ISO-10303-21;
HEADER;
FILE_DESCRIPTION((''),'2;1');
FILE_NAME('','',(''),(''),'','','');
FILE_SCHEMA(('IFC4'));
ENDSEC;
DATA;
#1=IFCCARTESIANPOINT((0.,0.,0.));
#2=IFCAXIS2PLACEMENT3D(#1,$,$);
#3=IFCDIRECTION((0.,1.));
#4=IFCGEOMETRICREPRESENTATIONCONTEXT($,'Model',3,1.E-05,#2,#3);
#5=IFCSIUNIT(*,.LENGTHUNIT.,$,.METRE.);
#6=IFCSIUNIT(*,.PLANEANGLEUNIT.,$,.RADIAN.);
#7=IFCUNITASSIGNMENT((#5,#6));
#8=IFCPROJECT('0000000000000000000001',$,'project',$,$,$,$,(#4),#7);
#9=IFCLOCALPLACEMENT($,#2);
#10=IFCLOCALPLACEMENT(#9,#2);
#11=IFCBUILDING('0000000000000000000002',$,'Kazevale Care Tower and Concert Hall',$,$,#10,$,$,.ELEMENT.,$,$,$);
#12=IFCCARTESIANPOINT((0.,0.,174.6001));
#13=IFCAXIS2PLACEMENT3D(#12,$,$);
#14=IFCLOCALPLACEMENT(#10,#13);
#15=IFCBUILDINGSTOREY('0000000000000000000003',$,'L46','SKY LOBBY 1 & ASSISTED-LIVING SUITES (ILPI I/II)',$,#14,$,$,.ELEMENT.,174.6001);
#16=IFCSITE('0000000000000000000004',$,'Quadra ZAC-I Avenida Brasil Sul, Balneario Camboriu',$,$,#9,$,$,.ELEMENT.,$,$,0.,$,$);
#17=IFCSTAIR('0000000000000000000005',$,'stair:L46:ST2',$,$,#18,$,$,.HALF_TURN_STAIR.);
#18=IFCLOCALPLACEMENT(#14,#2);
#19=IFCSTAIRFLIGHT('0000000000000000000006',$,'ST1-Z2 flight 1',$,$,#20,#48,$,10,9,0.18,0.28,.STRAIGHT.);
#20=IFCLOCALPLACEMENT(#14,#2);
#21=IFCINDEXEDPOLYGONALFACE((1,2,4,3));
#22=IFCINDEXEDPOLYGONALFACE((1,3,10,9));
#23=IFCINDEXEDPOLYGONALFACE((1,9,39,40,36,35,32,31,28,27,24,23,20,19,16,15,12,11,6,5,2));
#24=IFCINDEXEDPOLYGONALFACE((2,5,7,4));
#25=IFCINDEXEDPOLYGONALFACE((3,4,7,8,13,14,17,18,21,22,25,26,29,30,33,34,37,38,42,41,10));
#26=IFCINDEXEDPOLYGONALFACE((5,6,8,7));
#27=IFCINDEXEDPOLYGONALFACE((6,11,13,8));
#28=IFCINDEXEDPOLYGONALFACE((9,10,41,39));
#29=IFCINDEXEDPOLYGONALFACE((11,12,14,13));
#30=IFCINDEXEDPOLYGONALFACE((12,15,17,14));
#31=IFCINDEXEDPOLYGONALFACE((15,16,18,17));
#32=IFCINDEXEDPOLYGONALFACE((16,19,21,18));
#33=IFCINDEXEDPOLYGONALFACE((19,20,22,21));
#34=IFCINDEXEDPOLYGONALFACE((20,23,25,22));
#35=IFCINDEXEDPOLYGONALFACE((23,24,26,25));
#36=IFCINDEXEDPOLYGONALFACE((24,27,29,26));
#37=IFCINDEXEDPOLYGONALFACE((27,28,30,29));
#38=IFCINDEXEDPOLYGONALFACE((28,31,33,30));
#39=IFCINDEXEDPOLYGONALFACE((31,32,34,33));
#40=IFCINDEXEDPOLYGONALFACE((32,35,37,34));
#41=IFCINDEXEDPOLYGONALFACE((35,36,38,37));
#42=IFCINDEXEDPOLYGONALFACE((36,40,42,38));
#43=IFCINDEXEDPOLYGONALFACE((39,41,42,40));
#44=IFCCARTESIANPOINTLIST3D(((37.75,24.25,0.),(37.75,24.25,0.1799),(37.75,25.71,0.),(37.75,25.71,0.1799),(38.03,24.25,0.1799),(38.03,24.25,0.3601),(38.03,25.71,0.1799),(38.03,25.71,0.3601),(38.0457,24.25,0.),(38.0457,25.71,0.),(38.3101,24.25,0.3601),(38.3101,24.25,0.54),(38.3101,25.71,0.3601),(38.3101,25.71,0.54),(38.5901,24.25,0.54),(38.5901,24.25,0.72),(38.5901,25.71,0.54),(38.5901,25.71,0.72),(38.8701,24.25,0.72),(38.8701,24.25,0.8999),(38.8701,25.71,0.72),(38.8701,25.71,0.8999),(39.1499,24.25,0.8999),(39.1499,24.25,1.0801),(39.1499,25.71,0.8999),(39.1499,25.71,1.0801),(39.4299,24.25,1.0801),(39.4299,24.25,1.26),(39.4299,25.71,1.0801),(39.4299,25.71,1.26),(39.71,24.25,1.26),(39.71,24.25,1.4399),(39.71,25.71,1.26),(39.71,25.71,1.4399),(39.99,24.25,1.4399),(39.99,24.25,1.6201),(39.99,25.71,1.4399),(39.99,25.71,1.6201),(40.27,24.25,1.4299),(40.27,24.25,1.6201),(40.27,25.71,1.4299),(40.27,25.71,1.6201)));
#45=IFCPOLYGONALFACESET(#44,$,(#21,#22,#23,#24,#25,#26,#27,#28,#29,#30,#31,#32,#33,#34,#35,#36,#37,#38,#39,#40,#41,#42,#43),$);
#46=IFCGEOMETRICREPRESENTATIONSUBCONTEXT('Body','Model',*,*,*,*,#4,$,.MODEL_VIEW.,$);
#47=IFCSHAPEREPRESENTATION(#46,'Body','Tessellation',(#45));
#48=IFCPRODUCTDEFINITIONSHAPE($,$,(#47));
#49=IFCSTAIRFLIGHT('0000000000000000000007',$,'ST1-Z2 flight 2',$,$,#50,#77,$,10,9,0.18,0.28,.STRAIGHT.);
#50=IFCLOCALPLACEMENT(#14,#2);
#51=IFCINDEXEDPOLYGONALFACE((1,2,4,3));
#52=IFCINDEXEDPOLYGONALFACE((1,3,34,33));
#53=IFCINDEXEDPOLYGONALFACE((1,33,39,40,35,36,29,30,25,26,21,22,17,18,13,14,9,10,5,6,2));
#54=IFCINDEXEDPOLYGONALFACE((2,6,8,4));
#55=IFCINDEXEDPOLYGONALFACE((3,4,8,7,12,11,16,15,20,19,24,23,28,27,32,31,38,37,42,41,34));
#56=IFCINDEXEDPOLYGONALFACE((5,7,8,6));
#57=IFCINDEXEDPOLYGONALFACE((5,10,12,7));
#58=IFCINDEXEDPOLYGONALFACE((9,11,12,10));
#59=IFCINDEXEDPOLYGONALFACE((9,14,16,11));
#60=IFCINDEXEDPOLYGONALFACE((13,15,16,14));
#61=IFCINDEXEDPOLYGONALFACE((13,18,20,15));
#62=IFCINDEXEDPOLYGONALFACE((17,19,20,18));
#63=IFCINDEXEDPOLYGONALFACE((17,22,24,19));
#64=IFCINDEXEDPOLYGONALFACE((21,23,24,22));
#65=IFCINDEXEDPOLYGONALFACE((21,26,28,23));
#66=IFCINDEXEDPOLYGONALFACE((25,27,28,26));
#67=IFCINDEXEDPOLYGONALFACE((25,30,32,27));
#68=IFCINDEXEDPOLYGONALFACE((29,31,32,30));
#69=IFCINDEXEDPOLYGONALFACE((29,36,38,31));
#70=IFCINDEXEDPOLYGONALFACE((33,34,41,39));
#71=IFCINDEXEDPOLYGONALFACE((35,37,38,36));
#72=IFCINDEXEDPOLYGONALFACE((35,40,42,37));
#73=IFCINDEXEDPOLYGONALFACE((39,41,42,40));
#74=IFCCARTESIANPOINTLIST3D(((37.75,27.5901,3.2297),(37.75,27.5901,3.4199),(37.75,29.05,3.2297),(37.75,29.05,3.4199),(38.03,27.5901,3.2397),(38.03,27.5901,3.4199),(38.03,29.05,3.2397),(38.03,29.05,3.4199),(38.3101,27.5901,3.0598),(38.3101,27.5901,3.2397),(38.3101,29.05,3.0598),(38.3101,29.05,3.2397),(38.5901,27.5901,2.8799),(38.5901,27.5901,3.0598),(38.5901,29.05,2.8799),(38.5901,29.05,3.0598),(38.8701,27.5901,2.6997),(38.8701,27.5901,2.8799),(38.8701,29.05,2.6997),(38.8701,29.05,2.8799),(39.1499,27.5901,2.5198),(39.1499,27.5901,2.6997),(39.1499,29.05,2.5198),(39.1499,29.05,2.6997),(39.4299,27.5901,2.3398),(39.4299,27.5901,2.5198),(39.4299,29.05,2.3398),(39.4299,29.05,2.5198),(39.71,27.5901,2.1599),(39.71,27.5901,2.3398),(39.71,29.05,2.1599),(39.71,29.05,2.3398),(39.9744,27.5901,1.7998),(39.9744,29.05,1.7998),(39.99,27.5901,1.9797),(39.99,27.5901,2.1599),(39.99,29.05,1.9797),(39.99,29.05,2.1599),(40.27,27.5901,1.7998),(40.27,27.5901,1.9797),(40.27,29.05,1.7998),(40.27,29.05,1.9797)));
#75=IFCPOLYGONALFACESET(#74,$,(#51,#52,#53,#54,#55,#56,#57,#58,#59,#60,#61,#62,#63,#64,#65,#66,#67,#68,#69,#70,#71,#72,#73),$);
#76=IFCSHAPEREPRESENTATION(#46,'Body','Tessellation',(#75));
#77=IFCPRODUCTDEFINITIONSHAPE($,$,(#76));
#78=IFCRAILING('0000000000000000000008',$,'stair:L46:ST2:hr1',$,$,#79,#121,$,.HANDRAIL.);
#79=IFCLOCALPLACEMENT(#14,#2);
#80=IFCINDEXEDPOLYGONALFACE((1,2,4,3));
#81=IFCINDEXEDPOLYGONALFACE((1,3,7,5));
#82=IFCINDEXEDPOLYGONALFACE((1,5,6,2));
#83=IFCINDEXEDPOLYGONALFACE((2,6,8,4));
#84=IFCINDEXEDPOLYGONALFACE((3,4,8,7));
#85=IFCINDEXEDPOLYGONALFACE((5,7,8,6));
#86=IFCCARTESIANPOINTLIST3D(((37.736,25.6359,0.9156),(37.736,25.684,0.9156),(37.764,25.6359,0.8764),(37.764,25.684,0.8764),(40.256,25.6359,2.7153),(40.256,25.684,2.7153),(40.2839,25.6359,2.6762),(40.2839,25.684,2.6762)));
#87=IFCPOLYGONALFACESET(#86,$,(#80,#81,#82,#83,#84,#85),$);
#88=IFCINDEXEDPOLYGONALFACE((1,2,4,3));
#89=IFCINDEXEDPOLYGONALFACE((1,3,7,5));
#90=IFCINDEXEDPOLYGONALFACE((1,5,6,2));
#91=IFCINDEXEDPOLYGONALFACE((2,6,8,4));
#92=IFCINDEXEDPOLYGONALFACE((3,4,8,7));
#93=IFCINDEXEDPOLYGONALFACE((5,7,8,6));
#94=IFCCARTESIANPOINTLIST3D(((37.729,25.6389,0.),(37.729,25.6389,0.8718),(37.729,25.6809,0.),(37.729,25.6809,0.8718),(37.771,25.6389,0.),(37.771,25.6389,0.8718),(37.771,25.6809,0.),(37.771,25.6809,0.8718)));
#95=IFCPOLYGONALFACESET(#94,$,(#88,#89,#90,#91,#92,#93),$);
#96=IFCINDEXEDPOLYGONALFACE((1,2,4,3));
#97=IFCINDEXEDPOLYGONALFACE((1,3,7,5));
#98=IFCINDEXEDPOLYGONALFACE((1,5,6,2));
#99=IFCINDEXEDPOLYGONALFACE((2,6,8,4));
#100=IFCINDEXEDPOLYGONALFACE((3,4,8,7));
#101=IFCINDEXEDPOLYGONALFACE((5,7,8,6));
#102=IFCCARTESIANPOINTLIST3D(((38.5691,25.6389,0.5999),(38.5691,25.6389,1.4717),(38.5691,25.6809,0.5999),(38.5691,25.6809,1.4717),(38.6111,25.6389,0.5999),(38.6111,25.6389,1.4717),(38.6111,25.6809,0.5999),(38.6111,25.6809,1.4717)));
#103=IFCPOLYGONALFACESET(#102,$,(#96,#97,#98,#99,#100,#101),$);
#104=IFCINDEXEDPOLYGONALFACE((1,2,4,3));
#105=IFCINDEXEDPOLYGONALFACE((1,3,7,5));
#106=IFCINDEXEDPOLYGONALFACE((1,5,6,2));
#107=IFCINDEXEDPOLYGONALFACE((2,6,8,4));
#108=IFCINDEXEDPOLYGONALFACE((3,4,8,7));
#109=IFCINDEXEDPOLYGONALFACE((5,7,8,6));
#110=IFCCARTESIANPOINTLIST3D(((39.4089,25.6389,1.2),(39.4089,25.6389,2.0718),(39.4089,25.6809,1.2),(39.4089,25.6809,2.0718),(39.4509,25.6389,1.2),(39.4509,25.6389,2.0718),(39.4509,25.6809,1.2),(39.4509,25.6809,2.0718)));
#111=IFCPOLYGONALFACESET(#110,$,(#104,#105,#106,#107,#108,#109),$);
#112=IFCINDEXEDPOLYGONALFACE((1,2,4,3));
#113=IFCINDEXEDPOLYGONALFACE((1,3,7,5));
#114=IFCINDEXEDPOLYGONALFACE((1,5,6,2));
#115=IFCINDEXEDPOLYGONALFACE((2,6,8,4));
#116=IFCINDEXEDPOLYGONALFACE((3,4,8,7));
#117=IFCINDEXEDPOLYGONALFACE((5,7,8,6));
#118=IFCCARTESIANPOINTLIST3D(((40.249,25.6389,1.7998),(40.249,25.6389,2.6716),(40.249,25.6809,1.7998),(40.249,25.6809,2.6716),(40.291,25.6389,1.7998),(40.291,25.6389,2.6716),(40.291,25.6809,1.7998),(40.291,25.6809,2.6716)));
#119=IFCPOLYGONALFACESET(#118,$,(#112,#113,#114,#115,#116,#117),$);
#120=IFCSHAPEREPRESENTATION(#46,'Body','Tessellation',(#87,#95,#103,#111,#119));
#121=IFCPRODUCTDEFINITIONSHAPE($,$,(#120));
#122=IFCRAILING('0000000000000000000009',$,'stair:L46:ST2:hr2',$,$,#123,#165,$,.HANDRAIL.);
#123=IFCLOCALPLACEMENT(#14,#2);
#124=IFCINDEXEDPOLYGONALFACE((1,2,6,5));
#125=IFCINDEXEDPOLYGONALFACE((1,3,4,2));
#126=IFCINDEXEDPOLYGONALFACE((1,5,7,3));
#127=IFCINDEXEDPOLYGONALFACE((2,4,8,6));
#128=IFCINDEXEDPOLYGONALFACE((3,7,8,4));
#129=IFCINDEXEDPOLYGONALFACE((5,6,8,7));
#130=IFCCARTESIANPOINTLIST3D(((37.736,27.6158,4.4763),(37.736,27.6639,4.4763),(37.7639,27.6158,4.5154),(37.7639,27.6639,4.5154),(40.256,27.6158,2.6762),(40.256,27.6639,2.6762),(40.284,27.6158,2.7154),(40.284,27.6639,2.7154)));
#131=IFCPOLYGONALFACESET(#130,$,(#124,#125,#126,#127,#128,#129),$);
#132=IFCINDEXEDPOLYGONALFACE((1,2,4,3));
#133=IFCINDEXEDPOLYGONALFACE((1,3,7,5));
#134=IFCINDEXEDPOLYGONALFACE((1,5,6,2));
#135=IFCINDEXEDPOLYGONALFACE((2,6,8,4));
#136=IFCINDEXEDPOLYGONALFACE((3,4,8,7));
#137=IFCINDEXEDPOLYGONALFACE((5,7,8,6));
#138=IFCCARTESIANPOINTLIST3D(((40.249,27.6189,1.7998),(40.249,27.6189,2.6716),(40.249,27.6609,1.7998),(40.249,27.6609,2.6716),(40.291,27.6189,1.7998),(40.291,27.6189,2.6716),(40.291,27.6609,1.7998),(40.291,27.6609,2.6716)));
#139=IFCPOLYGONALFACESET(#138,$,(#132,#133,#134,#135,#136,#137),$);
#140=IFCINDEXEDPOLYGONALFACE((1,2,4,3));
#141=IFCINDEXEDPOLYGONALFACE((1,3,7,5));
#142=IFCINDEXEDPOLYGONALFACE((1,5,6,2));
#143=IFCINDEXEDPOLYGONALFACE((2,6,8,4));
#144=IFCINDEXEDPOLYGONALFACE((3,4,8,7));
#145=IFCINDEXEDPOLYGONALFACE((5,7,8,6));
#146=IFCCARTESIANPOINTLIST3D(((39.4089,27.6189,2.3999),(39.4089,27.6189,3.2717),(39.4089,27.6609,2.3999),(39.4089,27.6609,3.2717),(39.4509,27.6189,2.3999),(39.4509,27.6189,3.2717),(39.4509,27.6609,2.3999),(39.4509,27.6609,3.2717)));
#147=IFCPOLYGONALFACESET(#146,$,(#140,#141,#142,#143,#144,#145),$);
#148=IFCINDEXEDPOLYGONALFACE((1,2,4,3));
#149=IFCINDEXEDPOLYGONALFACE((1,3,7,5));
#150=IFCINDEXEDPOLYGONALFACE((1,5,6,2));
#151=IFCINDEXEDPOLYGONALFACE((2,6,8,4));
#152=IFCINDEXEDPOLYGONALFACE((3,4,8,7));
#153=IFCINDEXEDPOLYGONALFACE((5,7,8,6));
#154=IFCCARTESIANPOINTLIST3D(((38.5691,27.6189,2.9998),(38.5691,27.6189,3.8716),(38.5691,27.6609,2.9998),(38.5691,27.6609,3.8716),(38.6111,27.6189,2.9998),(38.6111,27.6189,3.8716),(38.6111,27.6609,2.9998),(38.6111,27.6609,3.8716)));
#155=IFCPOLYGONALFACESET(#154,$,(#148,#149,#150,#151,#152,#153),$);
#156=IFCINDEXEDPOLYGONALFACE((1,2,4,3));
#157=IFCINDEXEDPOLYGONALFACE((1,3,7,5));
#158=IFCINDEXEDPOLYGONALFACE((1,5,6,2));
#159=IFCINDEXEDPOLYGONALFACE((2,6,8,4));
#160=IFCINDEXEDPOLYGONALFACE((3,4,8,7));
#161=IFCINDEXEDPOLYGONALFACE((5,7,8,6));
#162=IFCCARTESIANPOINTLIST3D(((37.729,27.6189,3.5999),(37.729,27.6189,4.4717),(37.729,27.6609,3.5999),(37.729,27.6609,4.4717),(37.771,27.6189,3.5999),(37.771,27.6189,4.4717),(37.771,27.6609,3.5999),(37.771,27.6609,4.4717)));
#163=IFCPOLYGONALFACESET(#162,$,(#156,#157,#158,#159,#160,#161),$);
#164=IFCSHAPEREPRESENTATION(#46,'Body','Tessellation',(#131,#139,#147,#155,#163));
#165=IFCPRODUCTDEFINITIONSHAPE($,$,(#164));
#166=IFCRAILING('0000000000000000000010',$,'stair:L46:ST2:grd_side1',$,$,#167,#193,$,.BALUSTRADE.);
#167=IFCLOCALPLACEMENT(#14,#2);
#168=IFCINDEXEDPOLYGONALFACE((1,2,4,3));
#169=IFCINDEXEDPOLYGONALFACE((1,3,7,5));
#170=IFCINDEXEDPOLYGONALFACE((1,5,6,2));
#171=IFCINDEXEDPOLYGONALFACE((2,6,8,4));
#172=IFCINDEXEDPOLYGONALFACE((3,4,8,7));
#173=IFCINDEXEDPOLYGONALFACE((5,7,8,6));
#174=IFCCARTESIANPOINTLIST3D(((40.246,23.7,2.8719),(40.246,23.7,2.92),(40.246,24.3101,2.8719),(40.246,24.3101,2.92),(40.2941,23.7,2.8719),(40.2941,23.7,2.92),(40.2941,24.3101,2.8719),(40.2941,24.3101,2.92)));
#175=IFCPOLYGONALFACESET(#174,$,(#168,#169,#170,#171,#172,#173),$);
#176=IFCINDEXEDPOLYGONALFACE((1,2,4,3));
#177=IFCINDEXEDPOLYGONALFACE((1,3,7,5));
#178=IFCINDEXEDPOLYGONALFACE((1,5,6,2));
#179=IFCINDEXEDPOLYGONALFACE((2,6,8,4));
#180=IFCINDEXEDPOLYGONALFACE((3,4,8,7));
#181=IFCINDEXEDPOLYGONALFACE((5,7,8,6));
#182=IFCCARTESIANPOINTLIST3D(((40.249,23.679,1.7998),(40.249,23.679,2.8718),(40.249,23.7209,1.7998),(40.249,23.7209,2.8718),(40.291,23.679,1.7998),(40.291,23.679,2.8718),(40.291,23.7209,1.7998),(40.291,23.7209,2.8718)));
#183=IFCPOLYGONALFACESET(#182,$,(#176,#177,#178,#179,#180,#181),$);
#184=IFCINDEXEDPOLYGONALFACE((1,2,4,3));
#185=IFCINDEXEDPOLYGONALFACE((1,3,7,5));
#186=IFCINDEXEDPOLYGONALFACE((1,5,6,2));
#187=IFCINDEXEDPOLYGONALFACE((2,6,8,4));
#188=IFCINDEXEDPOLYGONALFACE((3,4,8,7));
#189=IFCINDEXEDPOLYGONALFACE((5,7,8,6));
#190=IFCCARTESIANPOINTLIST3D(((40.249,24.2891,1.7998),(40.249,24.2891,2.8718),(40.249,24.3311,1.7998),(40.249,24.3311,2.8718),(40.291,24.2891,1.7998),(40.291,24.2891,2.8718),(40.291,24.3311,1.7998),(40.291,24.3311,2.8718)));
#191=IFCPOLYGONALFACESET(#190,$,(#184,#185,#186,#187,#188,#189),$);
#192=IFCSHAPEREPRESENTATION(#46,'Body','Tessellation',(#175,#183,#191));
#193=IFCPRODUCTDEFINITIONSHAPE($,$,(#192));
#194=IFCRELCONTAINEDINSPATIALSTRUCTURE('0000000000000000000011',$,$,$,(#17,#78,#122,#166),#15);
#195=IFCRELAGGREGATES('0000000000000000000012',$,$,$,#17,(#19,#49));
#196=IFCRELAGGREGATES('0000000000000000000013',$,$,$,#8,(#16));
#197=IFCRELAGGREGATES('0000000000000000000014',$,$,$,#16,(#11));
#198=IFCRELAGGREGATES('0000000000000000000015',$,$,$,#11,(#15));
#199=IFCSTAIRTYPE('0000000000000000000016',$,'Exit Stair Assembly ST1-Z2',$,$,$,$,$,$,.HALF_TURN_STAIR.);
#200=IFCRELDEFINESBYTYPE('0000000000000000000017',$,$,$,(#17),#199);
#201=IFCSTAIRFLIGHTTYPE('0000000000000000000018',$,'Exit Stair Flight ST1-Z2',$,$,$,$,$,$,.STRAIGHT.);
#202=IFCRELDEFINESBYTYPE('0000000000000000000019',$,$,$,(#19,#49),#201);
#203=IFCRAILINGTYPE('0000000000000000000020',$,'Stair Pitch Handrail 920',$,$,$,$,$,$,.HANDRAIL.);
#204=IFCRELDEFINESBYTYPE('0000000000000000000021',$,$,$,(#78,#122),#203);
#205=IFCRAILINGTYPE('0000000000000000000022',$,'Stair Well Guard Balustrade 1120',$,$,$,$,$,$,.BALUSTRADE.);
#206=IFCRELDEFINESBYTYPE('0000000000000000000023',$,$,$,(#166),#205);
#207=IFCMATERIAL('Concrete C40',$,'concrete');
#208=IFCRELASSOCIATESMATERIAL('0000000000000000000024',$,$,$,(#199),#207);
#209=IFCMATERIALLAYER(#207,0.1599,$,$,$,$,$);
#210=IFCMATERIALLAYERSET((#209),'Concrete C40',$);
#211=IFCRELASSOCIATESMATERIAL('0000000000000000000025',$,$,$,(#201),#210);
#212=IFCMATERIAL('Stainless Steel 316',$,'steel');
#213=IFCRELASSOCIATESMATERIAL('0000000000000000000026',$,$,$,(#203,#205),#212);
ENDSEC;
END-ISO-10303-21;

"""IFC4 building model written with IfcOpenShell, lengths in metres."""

from ifc_helpers import new_model, si_unit, direction, frame, origin, origin_2d, place, context, subcontext, project, spatial, polyline, rectangle, outline, extrude, material, layer, layer_set, type_object, element, aggregate, save


model = new_model("IFC4")

# Units and contexts
model_context = context("Model", 3, precision=1e-05, world=origin(), true_north=direction((0.0, 1.0)))
body_context = subcontext(model_context, "Body", "Model", "MODEL_VIEW")
ifc_project = project(units=[si_unit("LENGTHUNIT", "METRE"), si_unit("PLANEANGLEUNIT", "RADIAN")], contexts=[model_context])

# Site, building, storey
site_placement = place(None, origin())
site = spatial("IfcSite", under=ifc_project, at=site_placement, Name="Quadra ZAC-I Avenida Brasil Sul, Balneario Camboriu", CompositionType="ELEMENT", RefElevation=0.0)
building_placement = place(site_placement, origin())
building = spatial("IfcBuilding", under=site, at=building_placement, Name="Kazevale Care Tower and Concert Hall", CompositionType="ELEMENT")
storey_placement = place(building_placement, frame((0.0, 0.0, 174.6001)))
storey = spatial("IfcBuildingStorey", under=building, at=storey_placement, Name="L46", Description="SKY LOBBY 1 & ASSISTED-LIVING SUITES (ILPI I/II)", CompositionType="ELEMENT", Elevation=174.6001)

# Shared definitions
ifc_material_1 = material(Name="Concrete C40", Category="concrete")

# Stair, stair flights
stair_type = type_object("IfcStairType", Name="Exit Stair Assembly ST1-Z2", PredefinedType="HALF_TURN_STAIR", material=ifc_material_1)
stair_placement = place(storey_placement, origin())
stair = element("IfcStair", 1, at=stair_placement, inside=storey, type_object=stair_type, Name="stair:L46:ST2", PredefinedType="HALF_TURN_STAIR")
ifc_layer_1 = layer(ifc_material_1, 0.1599)
ifc_layer_set_1 = layer_set([ifc_layer_1], Name="Concrete C40")
stair_flight_type = type_object("IfcStairFlightType", Name="Exit Stair Flight ST1-Z2", PredefinedType="STRAIGHT", material=ifc_layer_set_1)
stair_flight_1_placement = place(storey_placement, frame((37.75, 24.98, 0.0), z_axis=(0.0, 0.0, 1.0), x_axis=(1.0, 0.0, 0.0)))
stair_flight_1 = element("IfcStairFlight", 2, at=stair_flight_1_placement, type_object=stair_flight_type, Name="ST1-Z2 flight 1", NumberOfRisers=10, NumberOfTreads=9, PredefinedType="STRAIGHT", RiserHeight=0.18, TreadLength=0.28, context=body_context, shape_type="SweptSolid", body=[
    extrude(outline(polyline([(0.0, 0.0), (0.0, 0.1799), (0.28, 0.1799), (0.28, 0.3601), (0.5601, 0.3601), (0.5601, 0.54), (0.8401, 0.54), (0.8401, 0.72), (1.1201, 0.72), (1.1201, 0.8999), (1.3999, 0.8999), (1.3999, 1.0801), (1.6799, 1.0801), (1.6799, 1.26), (1.96, 1.26), (1.96, 1.4399), (2.24, 1.4399), (2.24, 1.6201), (2.52, 1.6201), (2.52, 1.8), (2.52, 1.4299), (0.2957, 0.0), (0.0, 0.0)])), frame((0.0, 0.73, 0.0), z_axis=(0.0, -1.0, 0.0), x_axis=(1.0, 0.0, 0.0)), (0.0, 0.0, 1.0), 1.46),
])
stair_flight_2_placement = place(storey_placement, frame((40.27, 28.3201, 1.7998), z_axis=(0.0, 0.0, 1.0), x_axis=(-1.0, 0.0, 0.0)))
stair_flight_2 = element("IfcStairFlight", 3, at=stair_flight_2_placement, type_object=stair_flight_type, Name="ST1-Z2 flight 2", NumberOfRisers=10, NumberOfTreads=9, PredefinedType="STRAIGHT", RiserHeight=0.18, TreadLength=0.28, context=body_context, shape_type="SweptSolid", body=[
    extrude(outline(polyline([(0.0, 0.0), (0.0, 0.1799), (0.28, 0.1799), (0.28, 0.3601), (0.5601, 0.3601), (0.5601, 0.54), (0.8401, 0.54), (0.8401, 0.72), (1.1201, 0.72), (1.1201, 0.8999), (1.3999, 0.8999), (1.3999, 1.0801), (1.6799, 1.0801), (1.6799, 1.26), (1.96, 1.26), (1.96, 1.4399), (2.24, 1.4399), (2.24, 1.6201), (2.52, 1.6201), (2.52, 1.8), (2.52, 1.4299), (0.2957, 0.0), (0.0, 0.0)])), frame((0.0, 0.73, 0.0), z_axis=(0.0, -1.0, 0.0), x_axis=(1.0, 0.0, 0.0)), (0.0, 0.0, 1.0), 1.46),
])
aggregate(stair, [stair_flight_1, stair_flight_2])

# Railings
ifc_material_2 = material(Name="Stainless Steel 316", Category="steel")
railing_type_1 = type_object("IfcRailingType", Name="Stair Pitch Handrail 920", PredefinedType="HANDRAIL", material=ifc_material_2)
railing_1_placement = place(storey_placement, frame((37.75, 25.6599, 0.0)))
element("IfcRailing", 4, at=railing_1_placement, inside=storey, type_object=railing_type_1, Name="stair:L46:ST2:hr1", PredefinedType="HANDRAIL", context=body_context, shape_type="SweptSolid", body=[
    extrude(rectangle(XDim=0.0481, YDim=0.0481, at=origin_2d()), frame((0.0, 0.0, 0.896), z_axis=(0.813765, 0.0, 0.581193), x_axis=(0.0, 1.0, 0.0)), (0.0, 0.0, 1.0), 3.0967),
    extrude(rectangle(XDim=0.042, YDim=0.042, at=origin_2d()), origin(), (0.0, 0.0, 1.0), 0.8718),
    extrude(rectangle(XDim=0.042, YDim=0.042, at=origin_2d()), frame((0.8401, 0.0, 0.5999)), (0.0, 0.0, 1.0), 0.8718),
    extrude(rectangle(XDim=0.042, YDim=0.042, at=origin_2d()), frame((1.6799, 0.0, 1.2)), (0.0, 0.0, 1.0), 0.8718),
    extrude(rectangle(XDim=0.042, YDim=0.042, at=origin_2d()), frame((2.52, 0.0, 1.7998)), (0.0, 0.0, 1.0), 0.8718),
])
railing_2_placement = place(storey_placement, frame((40.27, 27.6399, 1.7998)))
element("IfcRailing", 5, at=railing_2_placement, inside=storey, type_object=railing_type_1, Name="stair:L46:ST2:hr2", PredefinedType="HANDRAIL", context=body_context, shape_type="SweptSolid", body=[
    extrude(rectangle(XDim=0.0481, YDim=0.0481, at=origin_2d()), frame((0.0, 0.0, 0.896), z_axis=(-0.813728, 0.0, 0.581246), x_axis=(0.0, -1.0, 0.0)), (0.0, 0.0, 1.0), 3.0969),
    extrude(rectangle(XDim=0.042, YDim=0.042, at=origin_2d()), origin(), (0.0, 0.0, 1.0), 0.8718),
    extrude(rectangle(XDim=0.042, YDim=0.042, at=origin_2d()), frame((-0.8401, 0.0, 0.6001)), (0.0, 0.0, 1.0), 0.8718),
    extrude(rectangle(XDim=0.042, YDim=0.042, at=origin_2d()), frame((-1.6799, 0.0, 1.2)), (0.0, 0.0, 1.0), 0.8718),
    extrude(rectangle(XDim=0.042, YDim=0.042, at=origin_2d()), frame((-2.52, 0.0, 1.8)), (0.0, 0.0, 1.0), 0.8718),
])
railing_type_2 = type_object("IfcRailingType", Name="Stair Well Guard Balustrade 1120", PredefinedType="BALUSTRADE", material=ifc_material_2)
railing_3_placement = place(storey_placement, frame((40.27, 23.7, 1.7998)))
element("IfcRailing", 6, at=railing_3_placement, inside=storey, type_object=railing_type_2, Name="stair:L46:ST2:grd_side1", PredefinedType="BALUSTRADE", context=body_context, shape_type="SweptSolid", body=[
    extrude(rectangle(XDim=0.0481, YDim=0.0481, at=origin_2d()), frame((0.0, 0.0, 1.0962), z_axis=(0.0, 1.0, 0.0), x_axis=(-1.0, 0.0, 0.0)), (0.0, 0.0, 1.0), 0.6101),
    extrude(rectangle(XDim=0.042, YDim=0.042, at=origin_2d()), origin(), (0.0, 0.0, 1.0), 1.072),
    extrude(rectangle(XDim=0.042, YDim=0.042, at=origin_2d()), frame((0.0, 0.6101, 0.0)), (0.0, 0.0, 1.0), 1.072),
])

save(model, "model.ifc")
